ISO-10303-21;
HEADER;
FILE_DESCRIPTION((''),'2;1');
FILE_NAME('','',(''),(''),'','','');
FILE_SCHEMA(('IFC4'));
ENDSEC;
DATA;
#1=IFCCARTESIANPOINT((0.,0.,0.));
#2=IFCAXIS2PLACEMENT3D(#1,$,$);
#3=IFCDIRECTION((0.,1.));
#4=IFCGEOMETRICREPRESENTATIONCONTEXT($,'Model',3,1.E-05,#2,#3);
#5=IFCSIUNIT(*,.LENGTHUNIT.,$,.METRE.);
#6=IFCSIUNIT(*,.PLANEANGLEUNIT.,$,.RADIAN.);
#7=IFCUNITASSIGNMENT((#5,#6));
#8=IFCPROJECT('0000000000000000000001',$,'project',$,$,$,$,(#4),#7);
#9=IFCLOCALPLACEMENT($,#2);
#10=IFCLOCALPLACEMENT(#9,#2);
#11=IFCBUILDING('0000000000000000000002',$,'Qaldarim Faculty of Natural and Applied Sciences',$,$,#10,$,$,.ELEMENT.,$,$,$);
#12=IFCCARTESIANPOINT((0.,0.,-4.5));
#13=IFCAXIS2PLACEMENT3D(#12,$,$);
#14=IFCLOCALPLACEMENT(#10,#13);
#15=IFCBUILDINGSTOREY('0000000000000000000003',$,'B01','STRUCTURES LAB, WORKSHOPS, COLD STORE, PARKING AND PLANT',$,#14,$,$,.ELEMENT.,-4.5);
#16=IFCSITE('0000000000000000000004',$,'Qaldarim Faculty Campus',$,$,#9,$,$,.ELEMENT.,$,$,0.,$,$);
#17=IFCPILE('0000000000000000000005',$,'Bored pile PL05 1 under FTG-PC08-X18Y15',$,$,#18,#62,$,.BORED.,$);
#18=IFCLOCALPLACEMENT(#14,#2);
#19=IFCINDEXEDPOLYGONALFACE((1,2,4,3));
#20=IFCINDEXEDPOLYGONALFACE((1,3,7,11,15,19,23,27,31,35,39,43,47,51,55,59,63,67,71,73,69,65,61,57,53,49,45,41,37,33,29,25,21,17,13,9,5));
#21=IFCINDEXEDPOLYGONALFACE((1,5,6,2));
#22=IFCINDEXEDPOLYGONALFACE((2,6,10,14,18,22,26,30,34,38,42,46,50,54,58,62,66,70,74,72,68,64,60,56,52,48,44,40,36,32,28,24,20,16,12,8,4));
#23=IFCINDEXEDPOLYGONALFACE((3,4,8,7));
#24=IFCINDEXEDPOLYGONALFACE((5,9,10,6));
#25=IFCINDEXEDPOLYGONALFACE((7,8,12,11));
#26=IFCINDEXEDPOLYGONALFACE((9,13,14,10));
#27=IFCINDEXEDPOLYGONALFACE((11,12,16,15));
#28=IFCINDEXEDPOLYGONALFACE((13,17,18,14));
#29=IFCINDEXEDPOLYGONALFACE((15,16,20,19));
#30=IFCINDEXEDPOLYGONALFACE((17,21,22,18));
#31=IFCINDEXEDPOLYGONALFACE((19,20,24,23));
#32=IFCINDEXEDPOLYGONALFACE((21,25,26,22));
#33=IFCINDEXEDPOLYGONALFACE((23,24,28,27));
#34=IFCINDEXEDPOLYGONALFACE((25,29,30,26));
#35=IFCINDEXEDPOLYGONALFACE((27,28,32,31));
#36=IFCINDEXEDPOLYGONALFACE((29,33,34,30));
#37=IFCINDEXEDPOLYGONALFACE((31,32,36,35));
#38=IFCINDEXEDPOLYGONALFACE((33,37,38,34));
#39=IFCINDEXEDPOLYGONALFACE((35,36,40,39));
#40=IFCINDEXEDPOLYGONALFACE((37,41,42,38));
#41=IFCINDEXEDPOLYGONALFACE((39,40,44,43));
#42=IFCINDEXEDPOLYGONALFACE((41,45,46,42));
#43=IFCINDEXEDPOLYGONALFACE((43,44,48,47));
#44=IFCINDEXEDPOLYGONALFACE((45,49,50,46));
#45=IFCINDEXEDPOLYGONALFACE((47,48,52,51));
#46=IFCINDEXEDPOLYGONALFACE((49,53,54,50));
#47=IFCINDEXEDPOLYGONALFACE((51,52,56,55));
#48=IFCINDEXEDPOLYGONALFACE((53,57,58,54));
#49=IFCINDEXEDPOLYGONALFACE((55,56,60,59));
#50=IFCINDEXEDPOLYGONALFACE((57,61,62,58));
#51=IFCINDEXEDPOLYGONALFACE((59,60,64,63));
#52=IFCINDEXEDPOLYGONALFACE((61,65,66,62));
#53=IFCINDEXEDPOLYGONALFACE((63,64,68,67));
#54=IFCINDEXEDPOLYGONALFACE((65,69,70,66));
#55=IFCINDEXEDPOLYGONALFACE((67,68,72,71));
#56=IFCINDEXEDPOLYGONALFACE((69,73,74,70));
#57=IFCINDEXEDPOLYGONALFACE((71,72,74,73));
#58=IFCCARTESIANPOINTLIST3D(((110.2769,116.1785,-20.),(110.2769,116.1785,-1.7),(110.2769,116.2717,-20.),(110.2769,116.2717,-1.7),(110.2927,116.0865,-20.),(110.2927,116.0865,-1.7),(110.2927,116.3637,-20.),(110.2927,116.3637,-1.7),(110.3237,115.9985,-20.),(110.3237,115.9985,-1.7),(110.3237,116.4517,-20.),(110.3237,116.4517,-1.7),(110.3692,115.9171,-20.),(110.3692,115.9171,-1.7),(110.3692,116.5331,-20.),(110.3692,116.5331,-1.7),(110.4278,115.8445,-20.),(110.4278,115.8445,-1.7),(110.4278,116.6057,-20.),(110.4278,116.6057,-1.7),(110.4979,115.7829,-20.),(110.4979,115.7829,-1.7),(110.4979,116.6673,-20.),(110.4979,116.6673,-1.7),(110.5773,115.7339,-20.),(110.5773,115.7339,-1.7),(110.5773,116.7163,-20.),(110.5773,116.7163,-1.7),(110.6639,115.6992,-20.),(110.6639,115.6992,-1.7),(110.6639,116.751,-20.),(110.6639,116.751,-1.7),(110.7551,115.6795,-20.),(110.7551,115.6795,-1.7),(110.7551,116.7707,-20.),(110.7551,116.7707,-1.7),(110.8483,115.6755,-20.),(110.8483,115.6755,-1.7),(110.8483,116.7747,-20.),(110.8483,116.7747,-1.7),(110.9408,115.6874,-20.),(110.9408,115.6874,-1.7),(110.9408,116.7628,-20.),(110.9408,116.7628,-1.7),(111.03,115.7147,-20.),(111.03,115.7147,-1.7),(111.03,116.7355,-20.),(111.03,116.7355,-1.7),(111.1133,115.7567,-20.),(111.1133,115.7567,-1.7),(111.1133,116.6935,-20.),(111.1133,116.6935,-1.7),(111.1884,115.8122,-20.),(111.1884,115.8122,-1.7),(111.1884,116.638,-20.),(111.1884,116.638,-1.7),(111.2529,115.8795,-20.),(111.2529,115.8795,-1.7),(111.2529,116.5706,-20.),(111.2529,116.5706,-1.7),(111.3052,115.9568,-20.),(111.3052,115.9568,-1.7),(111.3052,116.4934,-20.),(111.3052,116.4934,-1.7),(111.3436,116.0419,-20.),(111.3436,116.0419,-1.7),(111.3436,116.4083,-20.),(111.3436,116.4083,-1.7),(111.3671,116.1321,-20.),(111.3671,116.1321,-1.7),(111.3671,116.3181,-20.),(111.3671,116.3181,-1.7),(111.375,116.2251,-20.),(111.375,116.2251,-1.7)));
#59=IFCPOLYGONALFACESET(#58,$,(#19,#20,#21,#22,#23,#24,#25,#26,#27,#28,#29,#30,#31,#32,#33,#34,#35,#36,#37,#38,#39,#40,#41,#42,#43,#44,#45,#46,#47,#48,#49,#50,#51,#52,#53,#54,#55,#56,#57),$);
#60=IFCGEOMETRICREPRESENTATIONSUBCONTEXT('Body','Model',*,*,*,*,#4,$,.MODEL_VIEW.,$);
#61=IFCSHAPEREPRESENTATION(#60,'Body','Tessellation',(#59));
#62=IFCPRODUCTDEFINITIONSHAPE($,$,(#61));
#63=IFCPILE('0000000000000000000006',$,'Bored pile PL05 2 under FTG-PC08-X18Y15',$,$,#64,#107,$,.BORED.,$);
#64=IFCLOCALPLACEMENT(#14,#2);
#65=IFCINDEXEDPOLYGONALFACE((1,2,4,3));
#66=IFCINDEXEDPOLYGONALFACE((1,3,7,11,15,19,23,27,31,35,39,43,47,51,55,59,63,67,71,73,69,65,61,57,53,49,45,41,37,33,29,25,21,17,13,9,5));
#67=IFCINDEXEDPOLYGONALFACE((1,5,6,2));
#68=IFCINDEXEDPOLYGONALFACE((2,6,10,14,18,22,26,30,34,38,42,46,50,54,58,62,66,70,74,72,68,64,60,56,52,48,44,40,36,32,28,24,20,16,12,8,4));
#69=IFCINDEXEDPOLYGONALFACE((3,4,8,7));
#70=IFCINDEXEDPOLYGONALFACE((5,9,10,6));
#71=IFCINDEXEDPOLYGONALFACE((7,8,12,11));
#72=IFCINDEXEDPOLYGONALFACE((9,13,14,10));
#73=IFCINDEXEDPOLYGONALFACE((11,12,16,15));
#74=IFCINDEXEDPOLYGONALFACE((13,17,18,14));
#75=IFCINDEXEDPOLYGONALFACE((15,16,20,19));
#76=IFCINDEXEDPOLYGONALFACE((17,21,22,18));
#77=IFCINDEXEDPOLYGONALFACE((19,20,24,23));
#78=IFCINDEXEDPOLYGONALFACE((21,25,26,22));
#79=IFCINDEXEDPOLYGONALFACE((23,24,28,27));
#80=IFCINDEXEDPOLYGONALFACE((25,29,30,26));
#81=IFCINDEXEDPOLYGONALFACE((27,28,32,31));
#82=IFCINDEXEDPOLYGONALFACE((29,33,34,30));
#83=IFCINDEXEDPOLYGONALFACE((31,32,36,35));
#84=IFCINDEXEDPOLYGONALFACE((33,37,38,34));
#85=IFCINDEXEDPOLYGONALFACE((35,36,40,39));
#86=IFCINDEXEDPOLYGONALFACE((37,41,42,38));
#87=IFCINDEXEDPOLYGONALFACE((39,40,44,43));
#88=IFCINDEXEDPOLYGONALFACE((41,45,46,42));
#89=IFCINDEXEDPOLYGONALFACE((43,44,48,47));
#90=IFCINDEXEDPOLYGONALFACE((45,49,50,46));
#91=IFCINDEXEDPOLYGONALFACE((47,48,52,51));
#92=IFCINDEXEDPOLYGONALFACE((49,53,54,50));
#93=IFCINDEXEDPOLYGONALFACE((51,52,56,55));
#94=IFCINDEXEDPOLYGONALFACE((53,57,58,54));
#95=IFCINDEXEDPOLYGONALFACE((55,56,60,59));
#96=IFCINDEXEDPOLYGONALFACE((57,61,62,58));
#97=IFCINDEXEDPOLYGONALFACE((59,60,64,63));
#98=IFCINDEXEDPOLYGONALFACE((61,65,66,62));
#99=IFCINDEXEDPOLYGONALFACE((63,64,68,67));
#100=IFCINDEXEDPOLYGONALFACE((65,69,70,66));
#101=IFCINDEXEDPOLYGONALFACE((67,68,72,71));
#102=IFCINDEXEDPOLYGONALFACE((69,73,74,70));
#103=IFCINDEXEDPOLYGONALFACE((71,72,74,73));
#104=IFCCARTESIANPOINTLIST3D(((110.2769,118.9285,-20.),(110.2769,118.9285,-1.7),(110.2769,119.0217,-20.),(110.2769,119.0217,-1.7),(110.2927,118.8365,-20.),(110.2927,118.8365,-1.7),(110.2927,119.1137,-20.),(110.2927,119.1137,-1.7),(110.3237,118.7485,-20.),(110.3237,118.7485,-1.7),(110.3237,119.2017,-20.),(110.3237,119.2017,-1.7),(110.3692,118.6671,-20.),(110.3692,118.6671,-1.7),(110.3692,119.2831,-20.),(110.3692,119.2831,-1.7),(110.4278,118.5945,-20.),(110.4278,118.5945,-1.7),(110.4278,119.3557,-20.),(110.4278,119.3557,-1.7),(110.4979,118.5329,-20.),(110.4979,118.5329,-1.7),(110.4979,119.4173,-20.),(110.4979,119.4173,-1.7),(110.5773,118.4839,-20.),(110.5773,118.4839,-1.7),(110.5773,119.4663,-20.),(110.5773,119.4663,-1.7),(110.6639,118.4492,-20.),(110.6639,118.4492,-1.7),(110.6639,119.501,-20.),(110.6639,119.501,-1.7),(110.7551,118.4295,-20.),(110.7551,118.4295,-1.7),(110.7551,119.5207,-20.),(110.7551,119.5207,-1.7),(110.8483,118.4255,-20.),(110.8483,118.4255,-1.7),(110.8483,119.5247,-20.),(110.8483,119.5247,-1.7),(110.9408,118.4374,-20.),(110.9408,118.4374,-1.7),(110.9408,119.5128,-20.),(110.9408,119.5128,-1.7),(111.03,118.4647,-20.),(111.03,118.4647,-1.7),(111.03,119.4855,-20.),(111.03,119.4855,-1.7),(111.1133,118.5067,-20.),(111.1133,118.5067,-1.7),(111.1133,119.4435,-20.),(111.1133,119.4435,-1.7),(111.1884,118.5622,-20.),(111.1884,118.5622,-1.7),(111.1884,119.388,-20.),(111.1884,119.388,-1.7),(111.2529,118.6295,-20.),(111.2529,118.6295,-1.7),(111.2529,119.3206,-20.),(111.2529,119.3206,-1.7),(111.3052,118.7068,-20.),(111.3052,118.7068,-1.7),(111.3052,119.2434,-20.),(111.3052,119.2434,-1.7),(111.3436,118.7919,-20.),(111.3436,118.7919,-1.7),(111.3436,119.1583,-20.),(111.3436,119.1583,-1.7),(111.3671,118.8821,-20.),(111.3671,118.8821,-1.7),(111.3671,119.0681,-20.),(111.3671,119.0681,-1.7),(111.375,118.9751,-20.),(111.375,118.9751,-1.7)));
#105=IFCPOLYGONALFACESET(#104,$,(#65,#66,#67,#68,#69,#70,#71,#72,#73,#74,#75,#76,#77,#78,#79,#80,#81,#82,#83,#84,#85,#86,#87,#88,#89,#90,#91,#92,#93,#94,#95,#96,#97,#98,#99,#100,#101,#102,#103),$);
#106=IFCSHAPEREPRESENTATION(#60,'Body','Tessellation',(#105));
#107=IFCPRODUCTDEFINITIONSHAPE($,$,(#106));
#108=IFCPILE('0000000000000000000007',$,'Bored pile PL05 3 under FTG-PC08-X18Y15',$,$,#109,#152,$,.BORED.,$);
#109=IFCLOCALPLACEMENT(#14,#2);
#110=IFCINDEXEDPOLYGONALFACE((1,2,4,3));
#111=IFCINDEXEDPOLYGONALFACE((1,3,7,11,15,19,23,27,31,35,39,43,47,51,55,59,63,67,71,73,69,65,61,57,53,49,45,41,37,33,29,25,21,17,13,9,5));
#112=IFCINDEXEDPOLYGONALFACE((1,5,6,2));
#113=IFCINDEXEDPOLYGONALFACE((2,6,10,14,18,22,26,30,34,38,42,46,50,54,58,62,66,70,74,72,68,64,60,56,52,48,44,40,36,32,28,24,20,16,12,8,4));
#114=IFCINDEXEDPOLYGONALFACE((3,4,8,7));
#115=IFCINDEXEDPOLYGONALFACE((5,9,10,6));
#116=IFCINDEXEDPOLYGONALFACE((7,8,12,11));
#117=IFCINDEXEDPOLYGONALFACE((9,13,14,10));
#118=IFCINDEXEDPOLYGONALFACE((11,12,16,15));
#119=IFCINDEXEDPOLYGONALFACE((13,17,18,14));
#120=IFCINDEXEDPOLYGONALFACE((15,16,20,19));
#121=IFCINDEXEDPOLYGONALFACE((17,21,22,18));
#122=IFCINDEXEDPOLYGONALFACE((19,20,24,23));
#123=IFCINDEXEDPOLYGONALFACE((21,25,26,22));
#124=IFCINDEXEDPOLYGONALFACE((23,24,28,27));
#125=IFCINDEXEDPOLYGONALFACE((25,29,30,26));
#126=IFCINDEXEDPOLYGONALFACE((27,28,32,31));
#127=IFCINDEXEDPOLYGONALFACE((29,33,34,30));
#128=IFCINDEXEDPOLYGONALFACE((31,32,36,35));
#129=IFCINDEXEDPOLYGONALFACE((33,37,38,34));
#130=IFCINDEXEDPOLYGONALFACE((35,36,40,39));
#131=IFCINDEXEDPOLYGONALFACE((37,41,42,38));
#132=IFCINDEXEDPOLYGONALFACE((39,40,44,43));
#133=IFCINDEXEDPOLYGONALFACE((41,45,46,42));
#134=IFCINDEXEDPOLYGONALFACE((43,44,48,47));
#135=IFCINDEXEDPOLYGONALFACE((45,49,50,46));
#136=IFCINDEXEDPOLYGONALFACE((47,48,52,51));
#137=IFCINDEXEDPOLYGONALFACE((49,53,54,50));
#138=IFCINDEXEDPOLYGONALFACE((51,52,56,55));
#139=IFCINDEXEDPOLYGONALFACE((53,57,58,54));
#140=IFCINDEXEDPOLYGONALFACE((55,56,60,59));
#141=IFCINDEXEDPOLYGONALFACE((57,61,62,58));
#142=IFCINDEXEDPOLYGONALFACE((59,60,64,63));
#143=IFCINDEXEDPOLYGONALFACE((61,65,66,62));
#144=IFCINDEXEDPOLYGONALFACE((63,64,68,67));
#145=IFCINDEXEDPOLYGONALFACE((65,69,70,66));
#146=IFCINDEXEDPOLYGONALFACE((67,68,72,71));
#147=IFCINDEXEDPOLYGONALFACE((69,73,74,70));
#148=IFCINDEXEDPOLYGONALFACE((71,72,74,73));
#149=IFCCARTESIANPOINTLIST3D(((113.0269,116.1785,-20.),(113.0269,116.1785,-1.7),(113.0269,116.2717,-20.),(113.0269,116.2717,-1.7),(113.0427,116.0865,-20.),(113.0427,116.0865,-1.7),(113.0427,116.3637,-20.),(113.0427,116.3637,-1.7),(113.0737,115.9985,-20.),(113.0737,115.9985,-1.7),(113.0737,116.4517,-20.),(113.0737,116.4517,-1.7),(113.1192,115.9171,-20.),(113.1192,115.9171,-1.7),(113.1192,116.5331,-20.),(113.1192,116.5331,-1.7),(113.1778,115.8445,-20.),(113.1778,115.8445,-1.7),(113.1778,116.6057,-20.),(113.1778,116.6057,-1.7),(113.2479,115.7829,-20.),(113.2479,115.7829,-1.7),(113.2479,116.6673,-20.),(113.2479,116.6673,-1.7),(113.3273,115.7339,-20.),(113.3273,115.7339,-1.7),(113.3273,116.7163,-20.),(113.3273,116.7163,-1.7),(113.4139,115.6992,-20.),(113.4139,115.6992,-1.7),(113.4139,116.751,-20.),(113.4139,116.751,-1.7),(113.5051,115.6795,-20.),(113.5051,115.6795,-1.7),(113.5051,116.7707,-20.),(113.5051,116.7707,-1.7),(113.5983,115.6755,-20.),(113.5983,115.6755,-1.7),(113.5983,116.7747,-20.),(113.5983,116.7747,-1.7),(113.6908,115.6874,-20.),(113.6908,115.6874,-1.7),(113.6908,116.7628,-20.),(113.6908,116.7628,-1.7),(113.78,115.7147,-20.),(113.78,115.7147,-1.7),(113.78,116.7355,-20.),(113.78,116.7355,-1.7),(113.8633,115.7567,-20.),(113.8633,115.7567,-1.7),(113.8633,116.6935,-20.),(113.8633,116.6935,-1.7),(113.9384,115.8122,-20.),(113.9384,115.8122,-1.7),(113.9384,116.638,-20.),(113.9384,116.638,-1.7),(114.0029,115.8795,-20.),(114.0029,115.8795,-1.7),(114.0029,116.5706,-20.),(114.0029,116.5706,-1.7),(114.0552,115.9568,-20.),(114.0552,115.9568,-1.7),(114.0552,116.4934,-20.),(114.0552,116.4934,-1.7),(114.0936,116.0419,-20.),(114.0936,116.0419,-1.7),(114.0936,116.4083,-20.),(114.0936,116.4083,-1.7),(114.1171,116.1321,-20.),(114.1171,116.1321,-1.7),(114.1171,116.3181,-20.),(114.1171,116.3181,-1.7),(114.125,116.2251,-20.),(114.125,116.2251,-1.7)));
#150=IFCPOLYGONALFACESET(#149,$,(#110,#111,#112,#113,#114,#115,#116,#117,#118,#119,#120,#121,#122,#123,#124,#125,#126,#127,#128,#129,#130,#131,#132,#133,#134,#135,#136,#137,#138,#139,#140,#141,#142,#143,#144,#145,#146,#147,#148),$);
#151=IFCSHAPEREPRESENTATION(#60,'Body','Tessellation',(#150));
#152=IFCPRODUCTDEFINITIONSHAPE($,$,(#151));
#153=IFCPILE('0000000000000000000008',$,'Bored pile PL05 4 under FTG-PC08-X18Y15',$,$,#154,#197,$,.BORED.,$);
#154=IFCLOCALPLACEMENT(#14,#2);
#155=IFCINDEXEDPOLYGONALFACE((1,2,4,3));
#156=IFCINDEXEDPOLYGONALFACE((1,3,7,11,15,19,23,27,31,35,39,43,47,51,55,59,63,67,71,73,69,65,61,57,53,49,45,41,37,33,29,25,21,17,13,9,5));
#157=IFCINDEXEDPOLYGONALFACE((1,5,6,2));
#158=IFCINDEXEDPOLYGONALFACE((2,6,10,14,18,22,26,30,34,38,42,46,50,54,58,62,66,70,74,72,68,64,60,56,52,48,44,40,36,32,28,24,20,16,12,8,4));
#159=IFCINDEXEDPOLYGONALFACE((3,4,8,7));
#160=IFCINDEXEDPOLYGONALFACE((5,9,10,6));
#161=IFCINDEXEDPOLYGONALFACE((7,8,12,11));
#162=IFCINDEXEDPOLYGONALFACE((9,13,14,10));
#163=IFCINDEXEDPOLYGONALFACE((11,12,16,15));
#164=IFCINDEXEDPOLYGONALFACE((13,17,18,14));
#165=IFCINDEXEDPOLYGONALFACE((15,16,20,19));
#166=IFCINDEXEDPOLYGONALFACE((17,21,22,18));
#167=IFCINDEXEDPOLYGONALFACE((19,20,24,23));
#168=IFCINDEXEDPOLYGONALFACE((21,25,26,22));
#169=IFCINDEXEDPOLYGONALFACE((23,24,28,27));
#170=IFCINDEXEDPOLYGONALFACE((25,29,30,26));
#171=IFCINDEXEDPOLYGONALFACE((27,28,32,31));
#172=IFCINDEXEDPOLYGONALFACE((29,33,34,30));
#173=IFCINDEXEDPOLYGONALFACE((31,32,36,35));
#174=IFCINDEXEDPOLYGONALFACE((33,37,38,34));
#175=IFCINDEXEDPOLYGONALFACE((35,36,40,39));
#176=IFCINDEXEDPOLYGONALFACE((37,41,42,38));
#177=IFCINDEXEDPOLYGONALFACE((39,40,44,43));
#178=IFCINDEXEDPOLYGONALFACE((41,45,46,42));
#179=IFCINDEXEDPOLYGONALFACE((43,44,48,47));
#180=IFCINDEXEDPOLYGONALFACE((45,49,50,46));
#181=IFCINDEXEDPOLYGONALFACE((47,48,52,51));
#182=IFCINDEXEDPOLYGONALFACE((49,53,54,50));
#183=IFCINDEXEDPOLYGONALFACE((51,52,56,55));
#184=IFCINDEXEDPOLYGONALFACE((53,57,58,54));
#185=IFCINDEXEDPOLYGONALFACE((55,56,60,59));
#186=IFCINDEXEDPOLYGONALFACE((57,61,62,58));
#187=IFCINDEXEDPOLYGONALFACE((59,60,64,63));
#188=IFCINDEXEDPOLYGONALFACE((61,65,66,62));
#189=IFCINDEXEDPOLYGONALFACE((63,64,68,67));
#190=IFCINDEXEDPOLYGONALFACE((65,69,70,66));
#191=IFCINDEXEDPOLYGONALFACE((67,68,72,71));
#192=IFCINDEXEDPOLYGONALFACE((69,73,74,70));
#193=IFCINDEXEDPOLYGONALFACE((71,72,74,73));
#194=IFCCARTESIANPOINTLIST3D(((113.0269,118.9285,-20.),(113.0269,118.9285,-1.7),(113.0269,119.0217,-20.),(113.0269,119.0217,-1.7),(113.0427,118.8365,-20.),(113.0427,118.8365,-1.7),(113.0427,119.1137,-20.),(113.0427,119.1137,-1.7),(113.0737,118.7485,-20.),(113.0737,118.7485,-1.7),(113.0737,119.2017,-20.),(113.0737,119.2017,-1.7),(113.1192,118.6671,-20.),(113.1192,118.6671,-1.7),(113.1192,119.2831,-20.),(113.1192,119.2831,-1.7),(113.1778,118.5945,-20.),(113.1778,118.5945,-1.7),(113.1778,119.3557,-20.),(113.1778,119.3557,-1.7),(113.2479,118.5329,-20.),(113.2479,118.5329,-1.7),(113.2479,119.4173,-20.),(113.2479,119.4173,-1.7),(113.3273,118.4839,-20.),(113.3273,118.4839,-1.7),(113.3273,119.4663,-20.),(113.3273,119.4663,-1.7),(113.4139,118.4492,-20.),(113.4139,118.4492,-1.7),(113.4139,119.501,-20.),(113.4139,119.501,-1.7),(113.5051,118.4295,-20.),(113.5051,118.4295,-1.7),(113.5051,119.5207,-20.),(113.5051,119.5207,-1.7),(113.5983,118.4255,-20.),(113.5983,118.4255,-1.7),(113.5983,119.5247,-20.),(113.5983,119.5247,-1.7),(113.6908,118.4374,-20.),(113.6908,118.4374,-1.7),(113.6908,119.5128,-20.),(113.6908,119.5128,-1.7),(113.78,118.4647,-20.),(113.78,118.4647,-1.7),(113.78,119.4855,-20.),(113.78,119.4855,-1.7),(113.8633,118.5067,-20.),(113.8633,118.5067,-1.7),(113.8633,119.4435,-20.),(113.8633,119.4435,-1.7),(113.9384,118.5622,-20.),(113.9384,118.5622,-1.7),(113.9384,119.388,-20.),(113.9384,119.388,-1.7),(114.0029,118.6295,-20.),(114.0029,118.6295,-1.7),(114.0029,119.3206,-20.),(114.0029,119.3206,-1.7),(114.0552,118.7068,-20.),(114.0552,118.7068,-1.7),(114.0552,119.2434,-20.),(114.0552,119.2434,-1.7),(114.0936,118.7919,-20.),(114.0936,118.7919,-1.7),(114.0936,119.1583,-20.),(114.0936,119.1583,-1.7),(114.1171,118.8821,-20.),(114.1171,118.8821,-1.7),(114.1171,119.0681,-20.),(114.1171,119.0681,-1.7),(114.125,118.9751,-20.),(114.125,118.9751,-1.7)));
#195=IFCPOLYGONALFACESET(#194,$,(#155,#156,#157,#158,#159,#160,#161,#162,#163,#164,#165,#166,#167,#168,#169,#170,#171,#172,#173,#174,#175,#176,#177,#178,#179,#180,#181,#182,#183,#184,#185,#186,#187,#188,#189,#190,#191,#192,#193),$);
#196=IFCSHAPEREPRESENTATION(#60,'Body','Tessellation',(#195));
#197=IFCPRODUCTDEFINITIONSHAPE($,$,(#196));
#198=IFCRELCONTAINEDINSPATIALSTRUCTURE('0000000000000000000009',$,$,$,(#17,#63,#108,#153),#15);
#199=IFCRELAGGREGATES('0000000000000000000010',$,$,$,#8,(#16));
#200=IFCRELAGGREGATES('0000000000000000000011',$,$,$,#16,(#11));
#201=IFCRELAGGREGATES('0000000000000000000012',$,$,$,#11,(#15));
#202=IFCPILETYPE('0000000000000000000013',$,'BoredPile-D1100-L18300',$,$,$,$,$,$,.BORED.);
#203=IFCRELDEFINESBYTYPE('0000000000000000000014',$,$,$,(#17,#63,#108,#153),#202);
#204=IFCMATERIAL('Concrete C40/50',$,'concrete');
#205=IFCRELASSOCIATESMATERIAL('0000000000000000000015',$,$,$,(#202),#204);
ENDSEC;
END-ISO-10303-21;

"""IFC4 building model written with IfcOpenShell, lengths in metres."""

from ifc_helpers import new_model, si_unit, direction, frame, origin, origin_2d, place, context, subcontext, project, spatial, circle, extrude, material, material_profile, profile_set, type_object, element, save


model = new_model("IFC4")

# Units and contexts
model_context = context("Model", 3, precision=1e-05, world=origin(), true_north=direction((0.0, 1.0)))
body_context = subcontext(model_context, "Body", "Model", "MODEL_VIEW")
ifc_project = project(units=[si_unit("LENGTHUNIT", "METRE"), si_unit("PLANEANGLEUNIT", "RADIAN")], contexts=[model_context])

# Site, building, storey
site_placement = place(None, origin())
site = spatial("IfcSite", under=ifc_project, at=site_placement, Name="Qaldarim Faculty Campus", CompositionType="ELEMENT", RefElevation=0.0)
building_placement = place(site_placement, origin())
building = spatial("IfcBuilding", under=site, at=building_placement, Name="Qaldarim Faculty of Natural and Applied Sciences", CompositionType="ELEMENT")
storey_placement = place(building_placement, frame((0.0, 0.0, -4.5)))
storey = spatial("IfcBuildingStorey", under=building, at=storey_placement, Name="B01", Description="STRUCTURES LAB, WORKSHOPS, COLD STORE, PARKING AND PLANT", CompositionType="ELEMENT", Elevation=-4.5)

# Piles
ifc_material_1 = material(Name="Concrete C40/50", Category="concrete")
ifc_material_profile_1 = material_profile(ifc_material_1, circle(Radius=0.55, at=origin_2d()), Name="PILE-D1100")
ifc_profile_set_1 = profile_set([ifc_material_profile_1], Name="Concrete C40/50")
pile_type_1 = type_object("IfcPileType", Name="BoredPile-D1100-L18300", PredefinedType="BORED", material=ifc_profile_set_1)
for number, where, z_axis, x_axis, name in (
    (1, (110.825, 116.2251, -1.7), (0.0, 0.0, -1.0), (1.0, 0.0, 0.0), "Bored pile PL05 1 under FTG-PC08-X18Y15"),
    (2, (110.825, 118.9751, -1.7), (0.0, 0.0, -1.0), (1.0, 0.0, 0.0), "Bored pile PL05 2 under FTG-PC08-X18Y15"),
    (3, (113.575, 116.2251, -1.7), (0.0, 0.0, -1.0), (1.0, 0.0, 0.0), "Bored pile PL05 3 under FTG-PC08-X18Y15"),
    (4, (113.575, 118.9751, -1.7), (0.0, 0.0, -1.0), (1.0, 0.0, 0.0), "Bored pile PL05 4 under FTG-PC08-X18Y15"),
):
    element("IfcPile", number, at=place(storey_placement, frame(where, z_axis=z_axis, x_axis=x_axis)), inside=storey, type_object=pile_type_1, Name=name, PredefinedType="BORED", context=body_context, shape_type="SweptSolid", body=[
        extrude(circle(Radius=0.55, at=origin_2d()), origin(), (0.0, 0.0, 1.0), 18.3),
    ])

save(model, "model.ifc")
